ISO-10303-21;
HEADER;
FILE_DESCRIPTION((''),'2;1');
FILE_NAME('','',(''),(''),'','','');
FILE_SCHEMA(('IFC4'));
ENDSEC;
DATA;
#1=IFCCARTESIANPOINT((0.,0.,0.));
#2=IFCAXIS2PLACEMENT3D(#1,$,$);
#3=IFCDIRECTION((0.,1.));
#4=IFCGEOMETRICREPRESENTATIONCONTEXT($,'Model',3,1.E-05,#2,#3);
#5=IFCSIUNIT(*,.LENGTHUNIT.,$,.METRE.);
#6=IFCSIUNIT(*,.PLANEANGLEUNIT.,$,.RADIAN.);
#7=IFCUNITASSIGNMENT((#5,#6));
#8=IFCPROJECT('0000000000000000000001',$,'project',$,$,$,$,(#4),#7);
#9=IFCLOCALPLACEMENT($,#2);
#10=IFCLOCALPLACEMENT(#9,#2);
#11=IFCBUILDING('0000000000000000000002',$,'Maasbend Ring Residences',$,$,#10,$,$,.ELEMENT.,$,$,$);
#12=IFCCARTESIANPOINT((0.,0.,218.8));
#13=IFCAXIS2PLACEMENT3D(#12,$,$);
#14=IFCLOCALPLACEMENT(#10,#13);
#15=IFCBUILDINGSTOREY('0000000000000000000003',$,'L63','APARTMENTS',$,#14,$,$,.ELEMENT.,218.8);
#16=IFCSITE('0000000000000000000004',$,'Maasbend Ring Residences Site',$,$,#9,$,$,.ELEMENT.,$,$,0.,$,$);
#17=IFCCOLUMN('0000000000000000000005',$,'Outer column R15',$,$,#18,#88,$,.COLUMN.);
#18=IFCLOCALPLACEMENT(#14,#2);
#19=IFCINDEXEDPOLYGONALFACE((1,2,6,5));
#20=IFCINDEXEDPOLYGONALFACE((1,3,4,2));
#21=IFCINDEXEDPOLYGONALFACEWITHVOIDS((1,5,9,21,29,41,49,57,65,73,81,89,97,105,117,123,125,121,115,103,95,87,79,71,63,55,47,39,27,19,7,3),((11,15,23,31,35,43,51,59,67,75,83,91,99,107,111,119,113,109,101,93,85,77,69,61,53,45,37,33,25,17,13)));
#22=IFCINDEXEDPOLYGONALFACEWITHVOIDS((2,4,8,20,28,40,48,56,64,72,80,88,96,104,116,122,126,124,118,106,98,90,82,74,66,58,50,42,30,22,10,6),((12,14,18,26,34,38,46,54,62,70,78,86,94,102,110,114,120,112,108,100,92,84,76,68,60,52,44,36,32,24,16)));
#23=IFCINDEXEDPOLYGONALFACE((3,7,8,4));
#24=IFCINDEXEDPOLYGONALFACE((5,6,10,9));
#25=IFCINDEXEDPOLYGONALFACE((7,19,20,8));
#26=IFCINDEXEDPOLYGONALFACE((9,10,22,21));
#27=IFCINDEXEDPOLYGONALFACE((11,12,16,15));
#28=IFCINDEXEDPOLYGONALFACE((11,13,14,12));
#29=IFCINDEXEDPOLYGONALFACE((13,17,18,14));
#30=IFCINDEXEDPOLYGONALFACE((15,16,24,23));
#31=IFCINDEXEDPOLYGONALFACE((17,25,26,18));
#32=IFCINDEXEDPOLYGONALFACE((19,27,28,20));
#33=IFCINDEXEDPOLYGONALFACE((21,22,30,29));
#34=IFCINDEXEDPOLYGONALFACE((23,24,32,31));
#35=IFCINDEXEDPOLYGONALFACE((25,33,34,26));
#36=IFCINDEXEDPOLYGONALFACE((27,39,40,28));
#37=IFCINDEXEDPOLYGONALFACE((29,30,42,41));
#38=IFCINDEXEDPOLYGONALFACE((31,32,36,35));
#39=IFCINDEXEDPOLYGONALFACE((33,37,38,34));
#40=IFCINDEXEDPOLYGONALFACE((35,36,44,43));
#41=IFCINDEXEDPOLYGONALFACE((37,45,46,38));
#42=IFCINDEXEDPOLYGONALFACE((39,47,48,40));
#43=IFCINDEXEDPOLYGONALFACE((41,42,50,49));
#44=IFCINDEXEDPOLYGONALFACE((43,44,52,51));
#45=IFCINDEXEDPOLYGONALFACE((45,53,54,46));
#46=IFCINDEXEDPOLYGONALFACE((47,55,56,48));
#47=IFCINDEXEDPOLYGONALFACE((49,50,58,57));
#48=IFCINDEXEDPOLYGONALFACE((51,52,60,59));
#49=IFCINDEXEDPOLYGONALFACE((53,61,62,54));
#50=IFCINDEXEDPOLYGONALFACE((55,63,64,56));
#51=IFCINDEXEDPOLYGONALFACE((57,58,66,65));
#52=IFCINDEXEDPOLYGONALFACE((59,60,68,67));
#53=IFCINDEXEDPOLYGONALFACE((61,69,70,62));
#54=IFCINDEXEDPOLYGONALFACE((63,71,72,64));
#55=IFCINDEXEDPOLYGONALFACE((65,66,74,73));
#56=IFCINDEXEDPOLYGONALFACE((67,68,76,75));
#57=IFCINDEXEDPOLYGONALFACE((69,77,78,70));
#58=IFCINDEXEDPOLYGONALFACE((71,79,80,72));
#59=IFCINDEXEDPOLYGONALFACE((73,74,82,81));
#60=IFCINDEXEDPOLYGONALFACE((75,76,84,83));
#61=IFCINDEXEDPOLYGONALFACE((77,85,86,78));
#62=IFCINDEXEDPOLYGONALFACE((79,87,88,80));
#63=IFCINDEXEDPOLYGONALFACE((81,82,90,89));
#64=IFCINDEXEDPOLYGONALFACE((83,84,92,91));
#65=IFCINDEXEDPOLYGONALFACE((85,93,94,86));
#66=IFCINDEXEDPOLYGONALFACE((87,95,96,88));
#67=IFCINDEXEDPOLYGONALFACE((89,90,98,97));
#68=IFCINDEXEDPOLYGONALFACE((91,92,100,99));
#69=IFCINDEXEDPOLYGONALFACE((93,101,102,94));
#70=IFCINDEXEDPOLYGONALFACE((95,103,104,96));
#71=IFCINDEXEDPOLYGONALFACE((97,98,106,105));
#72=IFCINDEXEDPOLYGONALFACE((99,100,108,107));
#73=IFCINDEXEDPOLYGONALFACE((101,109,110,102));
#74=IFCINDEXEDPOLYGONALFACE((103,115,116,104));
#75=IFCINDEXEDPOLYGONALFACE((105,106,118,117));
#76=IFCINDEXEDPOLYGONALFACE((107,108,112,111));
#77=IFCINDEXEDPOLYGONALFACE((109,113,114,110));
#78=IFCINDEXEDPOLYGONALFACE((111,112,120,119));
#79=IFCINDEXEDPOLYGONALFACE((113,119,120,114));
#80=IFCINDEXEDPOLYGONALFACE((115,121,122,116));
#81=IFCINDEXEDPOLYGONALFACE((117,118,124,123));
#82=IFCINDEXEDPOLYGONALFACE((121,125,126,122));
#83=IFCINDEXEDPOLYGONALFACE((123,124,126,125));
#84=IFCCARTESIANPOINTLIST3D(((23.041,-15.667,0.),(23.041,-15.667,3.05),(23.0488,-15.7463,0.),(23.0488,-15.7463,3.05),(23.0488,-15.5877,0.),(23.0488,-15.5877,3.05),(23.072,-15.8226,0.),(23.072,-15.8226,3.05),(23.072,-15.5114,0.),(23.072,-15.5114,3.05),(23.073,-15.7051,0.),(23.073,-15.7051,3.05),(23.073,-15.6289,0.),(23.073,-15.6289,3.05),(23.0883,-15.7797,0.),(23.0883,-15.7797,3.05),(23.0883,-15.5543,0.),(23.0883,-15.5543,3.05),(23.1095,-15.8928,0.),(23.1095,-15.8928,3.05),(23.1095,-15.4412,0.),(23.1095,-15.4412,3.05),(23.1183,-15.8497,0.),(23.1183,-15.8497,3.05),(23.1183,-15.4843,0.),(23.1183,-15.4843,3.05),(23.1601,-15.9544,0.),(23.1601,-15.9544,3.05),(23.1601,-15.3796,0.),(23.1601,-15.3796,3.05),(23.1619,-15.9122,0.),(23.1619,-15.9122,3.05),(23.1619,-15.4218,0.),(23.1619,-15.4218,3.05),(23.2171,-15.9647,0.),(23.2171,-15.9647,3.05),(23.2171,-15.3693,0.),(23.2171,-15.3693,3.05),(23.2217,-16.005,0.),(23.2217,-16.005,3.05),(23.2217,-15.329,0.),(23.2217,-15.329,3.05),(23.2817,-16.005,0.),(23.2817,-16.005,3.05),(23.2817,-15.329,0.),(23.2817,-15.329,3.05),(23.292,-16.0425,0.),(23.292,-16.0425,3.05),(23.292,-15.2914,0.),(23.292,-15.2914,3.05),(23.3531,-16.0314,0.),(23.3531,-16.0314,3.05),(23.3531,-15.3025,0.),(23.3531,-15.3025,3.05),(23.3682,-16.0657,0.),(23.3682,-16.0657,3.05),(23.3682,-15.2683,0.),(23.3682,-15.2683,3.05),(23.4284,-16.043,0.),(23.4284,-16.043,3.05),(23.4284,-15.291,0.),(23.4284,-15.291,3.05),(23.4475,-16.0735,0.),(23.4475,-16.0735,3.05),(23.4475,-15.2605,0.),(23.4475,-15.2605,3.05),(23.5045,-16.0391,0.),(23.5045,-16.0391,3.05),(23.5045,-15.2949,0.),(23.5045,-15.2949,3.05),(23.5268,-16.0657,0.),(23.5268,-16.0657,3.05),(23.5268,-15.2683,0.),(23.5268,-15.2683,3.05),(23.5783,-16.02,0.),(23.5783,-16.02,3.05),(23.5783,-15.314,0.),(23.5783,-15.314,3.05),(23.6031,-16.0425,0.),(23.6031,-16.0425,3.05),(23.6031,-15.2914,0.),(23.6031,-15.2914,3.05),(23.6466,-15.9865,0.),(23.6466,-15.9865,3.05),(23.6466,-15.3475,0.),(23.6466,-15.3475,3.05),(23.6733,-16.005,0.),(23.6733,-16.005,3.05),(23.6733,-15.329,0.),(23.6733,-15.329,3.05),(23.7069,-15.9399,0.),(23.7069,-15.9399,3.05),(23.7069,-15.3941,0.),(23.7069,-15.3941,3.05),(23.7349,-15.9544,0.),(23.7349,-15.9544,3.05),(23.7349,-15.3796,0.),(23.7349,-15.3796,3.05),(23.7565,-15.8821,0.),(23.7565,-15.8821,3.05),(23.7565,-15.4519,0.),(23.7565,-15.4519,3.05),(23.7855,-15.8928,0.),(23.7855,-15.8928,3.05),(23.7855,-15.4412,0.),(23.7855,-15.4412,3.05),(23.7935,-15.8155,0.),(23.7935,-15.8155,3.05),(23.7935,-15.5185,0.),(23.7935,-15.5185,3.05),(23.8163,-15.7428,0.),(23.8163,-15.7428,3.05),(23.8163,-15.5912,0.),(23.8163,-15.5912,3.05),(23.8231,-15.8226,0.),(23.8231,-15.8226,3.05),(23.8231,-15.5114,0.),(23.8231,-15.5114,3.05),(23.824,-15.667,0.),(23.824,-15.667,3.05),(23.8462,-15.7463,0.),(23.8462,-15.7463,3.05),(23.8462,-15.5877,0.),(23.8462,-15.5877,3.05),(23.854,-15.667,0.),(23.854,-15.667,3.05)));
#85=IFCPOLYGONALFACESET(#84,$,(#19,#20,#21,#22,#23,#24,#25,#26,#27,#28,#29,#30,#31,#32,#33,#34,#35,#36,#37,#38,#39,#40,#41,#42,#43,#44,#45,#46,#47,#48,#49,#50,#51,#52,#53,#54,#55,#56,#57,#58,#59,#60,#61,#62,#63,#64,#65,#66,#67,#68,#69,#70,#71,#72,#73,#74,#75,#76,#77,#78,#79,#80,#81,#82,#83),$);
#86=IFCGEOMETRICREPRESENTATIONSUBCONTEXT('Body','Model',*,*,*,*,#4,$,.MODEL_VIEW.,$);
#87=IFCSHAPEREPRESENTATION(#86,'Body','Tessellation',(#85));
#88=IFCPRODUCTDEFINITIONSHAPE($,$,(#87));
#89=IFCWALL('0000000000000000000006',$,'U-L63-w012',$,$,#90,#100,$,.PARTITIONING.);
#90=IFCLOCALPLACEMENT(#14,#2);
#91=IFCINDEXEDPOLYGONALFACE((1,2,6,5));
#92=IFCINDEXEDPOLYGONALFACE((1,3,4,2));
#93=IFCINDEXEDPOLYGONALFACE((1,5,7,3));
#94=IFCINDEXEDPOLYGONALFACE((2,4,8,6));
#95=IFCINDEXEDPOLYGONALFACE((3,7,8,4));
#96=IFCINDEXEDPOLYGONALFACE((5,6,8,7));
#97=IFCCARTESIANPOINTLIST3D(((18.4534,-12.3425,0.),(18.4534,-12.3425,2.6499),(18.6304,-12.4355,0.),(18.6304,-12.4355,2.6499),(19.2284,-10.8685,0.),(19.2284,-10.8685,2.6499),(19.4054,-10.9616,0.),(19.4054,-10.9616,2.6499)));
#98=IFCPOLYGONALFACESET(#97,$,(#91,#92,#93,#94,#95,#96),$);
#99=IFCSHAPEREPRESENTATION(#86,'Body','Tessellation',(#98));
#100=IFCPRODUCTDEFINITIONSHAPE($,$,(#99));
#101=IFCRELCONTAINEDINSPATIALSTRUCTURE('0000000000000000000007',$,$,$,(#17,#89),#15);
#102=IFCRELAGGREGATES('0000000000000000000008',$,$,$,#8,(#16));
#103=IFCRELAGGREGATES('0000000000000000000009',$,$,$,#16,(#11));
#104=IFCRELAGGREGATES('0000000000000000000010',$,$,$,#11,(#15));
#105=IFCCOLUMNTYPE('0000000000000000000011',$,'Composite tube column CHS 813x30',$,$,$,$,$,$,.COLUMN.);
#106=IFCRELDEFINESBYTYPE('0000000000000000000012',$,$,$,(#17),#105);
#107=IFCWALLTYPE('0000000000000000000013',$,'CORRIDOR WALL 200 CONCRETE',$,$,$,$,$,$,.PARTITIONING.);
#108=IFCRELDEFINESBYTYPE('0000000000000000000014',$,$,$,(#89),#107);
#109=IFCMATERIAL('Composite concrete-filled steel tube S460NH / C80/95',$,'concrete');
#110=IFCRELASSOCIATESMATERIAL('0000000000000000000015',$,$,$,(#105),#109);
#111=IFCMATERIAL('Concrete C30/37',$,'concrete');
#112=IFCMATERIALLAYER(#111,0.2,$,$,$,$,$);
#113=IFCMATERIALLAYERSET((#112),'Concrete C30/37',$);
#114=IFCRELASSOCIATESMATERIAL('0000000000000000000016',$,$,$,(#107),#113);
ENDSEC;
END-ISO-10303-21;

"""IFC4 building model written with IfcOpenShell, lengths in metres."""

from ifc_helpers import new_model, si_unit, direction, frame, frame_2d, origin, origin_2d, place, context, subcontext, project, spatial, rectangle, hollow_circle, extrude, material, layer, layer_set, material_profile, profile_set, type_object, element, save


model = new_model("IFC4")

# Units and contexts
model_context = context("Model", 3, precision=1e-05, world=origin(), true_north=direction((0.0, 1.0)))
body_context = subcontext(model_context, "Body", "Model", "MODEL_VIEW")
ifc_project = project(units=[si_unit("LENGTHUNIT", "METRE"), si_unit("PLANEANGLEUNIT", "RADIAN")], contexts=[model_context])

# Site, building, storey
site_placement = place(None, origin())
site = spatial("IfcSite", under=ifc_project, at=site_placement, Name="Maasbend Ring Residences Site", CompositionType="ELEMENT", RefElevation=0.0)
building_placement = place(site_placement, origin())
building = spatial("IfcBuilding", under=site, at=building_placement, Name="Maasbend Ring Residences", CompositionType="ELEMENT")
storey_placement = place(building_placement, frame((0.0, 0.0, 218.8)))
storey = spatial("IfcBuildingStorey", under=building, at=storey_placement, Name="L63", Description="APARTMENTS", CompositionType="ELEMENT", Elevation=218.8)

# Column
ifc_material_1 = material(Name="Composite concrete-filled steel tube S460NH / C80/95", Category="concrete")
ifc_material_profile = material_profile(ifc_material_1, hollow_circle(Radius=0.4065, WallThickness=0.03, at=origin_2d()), Name="Composite tube column CHS 813x30")
ifc_profile_set = profile_set([ifc_material_profile], Name="Composite concrete-filled steel tube S460NH / C80/95")
column_type = type_object("IfcColumnType", Name="Composite tube column CHS 813x30", PredefinedType="COLUMN", material=ifc_profile_set)
column_placement = place(storey_placement, frame((23.4475, -15.667, 0.0), z_axis=(0.0, 0.0, 1.0), x_axis=(1.0, 0.0, 0.0)))
element("IfcColumn", 1, at=column_placement, inside=storey, type_object=column_type, Name="Outer column R15", PredefinedType="COLUMN", context=body_context, shape_type="SweptSolid", body=[
    extrude(hollow_circle(Radius=0.4065, WallThickness=0.03, at=origin_2d()), origin(), (0.0, 0.0, 1.0), 3.05),
])

# Wall
ifc_material_2 = material(Name="Concrete C30/37", Category="concrete")
ifc_layer_1 = layer(ifc_material_2, 0.2)
ifc_layer_set_1 = layer_set([ifc_layer_1], Name="Concrete C30/37")
wall_type_1 = type_object("IfcWallType", Name="CORRIDOR WALL 200 CONCRETE", PredefinedType="PARTITIONING", material=ifc_layer_set_1)
wall_1_placement = place(storey_placement, frame((18.542, -12.3889, 0.0), z_axis=(0.0, 0.0, 1.0), x_axis=(0.46536, 0.885122, 0.0)))
element("IfcWall", 2, at=wall_1_placement, inside=storey, type_object=wall_type_1, Name="U-L63-w012", PredefinedType="PARTITIONING", context=body_context, shape_type="SweptSolid", body=[
    extrude(rectangle(XDim=1.6653, YDim=0.2, at=frame_2d((0.8325, 0.0))), origin(), (0.0, 0.0, 1.0), 2.6499),
])

save(model, "model.ifc")
